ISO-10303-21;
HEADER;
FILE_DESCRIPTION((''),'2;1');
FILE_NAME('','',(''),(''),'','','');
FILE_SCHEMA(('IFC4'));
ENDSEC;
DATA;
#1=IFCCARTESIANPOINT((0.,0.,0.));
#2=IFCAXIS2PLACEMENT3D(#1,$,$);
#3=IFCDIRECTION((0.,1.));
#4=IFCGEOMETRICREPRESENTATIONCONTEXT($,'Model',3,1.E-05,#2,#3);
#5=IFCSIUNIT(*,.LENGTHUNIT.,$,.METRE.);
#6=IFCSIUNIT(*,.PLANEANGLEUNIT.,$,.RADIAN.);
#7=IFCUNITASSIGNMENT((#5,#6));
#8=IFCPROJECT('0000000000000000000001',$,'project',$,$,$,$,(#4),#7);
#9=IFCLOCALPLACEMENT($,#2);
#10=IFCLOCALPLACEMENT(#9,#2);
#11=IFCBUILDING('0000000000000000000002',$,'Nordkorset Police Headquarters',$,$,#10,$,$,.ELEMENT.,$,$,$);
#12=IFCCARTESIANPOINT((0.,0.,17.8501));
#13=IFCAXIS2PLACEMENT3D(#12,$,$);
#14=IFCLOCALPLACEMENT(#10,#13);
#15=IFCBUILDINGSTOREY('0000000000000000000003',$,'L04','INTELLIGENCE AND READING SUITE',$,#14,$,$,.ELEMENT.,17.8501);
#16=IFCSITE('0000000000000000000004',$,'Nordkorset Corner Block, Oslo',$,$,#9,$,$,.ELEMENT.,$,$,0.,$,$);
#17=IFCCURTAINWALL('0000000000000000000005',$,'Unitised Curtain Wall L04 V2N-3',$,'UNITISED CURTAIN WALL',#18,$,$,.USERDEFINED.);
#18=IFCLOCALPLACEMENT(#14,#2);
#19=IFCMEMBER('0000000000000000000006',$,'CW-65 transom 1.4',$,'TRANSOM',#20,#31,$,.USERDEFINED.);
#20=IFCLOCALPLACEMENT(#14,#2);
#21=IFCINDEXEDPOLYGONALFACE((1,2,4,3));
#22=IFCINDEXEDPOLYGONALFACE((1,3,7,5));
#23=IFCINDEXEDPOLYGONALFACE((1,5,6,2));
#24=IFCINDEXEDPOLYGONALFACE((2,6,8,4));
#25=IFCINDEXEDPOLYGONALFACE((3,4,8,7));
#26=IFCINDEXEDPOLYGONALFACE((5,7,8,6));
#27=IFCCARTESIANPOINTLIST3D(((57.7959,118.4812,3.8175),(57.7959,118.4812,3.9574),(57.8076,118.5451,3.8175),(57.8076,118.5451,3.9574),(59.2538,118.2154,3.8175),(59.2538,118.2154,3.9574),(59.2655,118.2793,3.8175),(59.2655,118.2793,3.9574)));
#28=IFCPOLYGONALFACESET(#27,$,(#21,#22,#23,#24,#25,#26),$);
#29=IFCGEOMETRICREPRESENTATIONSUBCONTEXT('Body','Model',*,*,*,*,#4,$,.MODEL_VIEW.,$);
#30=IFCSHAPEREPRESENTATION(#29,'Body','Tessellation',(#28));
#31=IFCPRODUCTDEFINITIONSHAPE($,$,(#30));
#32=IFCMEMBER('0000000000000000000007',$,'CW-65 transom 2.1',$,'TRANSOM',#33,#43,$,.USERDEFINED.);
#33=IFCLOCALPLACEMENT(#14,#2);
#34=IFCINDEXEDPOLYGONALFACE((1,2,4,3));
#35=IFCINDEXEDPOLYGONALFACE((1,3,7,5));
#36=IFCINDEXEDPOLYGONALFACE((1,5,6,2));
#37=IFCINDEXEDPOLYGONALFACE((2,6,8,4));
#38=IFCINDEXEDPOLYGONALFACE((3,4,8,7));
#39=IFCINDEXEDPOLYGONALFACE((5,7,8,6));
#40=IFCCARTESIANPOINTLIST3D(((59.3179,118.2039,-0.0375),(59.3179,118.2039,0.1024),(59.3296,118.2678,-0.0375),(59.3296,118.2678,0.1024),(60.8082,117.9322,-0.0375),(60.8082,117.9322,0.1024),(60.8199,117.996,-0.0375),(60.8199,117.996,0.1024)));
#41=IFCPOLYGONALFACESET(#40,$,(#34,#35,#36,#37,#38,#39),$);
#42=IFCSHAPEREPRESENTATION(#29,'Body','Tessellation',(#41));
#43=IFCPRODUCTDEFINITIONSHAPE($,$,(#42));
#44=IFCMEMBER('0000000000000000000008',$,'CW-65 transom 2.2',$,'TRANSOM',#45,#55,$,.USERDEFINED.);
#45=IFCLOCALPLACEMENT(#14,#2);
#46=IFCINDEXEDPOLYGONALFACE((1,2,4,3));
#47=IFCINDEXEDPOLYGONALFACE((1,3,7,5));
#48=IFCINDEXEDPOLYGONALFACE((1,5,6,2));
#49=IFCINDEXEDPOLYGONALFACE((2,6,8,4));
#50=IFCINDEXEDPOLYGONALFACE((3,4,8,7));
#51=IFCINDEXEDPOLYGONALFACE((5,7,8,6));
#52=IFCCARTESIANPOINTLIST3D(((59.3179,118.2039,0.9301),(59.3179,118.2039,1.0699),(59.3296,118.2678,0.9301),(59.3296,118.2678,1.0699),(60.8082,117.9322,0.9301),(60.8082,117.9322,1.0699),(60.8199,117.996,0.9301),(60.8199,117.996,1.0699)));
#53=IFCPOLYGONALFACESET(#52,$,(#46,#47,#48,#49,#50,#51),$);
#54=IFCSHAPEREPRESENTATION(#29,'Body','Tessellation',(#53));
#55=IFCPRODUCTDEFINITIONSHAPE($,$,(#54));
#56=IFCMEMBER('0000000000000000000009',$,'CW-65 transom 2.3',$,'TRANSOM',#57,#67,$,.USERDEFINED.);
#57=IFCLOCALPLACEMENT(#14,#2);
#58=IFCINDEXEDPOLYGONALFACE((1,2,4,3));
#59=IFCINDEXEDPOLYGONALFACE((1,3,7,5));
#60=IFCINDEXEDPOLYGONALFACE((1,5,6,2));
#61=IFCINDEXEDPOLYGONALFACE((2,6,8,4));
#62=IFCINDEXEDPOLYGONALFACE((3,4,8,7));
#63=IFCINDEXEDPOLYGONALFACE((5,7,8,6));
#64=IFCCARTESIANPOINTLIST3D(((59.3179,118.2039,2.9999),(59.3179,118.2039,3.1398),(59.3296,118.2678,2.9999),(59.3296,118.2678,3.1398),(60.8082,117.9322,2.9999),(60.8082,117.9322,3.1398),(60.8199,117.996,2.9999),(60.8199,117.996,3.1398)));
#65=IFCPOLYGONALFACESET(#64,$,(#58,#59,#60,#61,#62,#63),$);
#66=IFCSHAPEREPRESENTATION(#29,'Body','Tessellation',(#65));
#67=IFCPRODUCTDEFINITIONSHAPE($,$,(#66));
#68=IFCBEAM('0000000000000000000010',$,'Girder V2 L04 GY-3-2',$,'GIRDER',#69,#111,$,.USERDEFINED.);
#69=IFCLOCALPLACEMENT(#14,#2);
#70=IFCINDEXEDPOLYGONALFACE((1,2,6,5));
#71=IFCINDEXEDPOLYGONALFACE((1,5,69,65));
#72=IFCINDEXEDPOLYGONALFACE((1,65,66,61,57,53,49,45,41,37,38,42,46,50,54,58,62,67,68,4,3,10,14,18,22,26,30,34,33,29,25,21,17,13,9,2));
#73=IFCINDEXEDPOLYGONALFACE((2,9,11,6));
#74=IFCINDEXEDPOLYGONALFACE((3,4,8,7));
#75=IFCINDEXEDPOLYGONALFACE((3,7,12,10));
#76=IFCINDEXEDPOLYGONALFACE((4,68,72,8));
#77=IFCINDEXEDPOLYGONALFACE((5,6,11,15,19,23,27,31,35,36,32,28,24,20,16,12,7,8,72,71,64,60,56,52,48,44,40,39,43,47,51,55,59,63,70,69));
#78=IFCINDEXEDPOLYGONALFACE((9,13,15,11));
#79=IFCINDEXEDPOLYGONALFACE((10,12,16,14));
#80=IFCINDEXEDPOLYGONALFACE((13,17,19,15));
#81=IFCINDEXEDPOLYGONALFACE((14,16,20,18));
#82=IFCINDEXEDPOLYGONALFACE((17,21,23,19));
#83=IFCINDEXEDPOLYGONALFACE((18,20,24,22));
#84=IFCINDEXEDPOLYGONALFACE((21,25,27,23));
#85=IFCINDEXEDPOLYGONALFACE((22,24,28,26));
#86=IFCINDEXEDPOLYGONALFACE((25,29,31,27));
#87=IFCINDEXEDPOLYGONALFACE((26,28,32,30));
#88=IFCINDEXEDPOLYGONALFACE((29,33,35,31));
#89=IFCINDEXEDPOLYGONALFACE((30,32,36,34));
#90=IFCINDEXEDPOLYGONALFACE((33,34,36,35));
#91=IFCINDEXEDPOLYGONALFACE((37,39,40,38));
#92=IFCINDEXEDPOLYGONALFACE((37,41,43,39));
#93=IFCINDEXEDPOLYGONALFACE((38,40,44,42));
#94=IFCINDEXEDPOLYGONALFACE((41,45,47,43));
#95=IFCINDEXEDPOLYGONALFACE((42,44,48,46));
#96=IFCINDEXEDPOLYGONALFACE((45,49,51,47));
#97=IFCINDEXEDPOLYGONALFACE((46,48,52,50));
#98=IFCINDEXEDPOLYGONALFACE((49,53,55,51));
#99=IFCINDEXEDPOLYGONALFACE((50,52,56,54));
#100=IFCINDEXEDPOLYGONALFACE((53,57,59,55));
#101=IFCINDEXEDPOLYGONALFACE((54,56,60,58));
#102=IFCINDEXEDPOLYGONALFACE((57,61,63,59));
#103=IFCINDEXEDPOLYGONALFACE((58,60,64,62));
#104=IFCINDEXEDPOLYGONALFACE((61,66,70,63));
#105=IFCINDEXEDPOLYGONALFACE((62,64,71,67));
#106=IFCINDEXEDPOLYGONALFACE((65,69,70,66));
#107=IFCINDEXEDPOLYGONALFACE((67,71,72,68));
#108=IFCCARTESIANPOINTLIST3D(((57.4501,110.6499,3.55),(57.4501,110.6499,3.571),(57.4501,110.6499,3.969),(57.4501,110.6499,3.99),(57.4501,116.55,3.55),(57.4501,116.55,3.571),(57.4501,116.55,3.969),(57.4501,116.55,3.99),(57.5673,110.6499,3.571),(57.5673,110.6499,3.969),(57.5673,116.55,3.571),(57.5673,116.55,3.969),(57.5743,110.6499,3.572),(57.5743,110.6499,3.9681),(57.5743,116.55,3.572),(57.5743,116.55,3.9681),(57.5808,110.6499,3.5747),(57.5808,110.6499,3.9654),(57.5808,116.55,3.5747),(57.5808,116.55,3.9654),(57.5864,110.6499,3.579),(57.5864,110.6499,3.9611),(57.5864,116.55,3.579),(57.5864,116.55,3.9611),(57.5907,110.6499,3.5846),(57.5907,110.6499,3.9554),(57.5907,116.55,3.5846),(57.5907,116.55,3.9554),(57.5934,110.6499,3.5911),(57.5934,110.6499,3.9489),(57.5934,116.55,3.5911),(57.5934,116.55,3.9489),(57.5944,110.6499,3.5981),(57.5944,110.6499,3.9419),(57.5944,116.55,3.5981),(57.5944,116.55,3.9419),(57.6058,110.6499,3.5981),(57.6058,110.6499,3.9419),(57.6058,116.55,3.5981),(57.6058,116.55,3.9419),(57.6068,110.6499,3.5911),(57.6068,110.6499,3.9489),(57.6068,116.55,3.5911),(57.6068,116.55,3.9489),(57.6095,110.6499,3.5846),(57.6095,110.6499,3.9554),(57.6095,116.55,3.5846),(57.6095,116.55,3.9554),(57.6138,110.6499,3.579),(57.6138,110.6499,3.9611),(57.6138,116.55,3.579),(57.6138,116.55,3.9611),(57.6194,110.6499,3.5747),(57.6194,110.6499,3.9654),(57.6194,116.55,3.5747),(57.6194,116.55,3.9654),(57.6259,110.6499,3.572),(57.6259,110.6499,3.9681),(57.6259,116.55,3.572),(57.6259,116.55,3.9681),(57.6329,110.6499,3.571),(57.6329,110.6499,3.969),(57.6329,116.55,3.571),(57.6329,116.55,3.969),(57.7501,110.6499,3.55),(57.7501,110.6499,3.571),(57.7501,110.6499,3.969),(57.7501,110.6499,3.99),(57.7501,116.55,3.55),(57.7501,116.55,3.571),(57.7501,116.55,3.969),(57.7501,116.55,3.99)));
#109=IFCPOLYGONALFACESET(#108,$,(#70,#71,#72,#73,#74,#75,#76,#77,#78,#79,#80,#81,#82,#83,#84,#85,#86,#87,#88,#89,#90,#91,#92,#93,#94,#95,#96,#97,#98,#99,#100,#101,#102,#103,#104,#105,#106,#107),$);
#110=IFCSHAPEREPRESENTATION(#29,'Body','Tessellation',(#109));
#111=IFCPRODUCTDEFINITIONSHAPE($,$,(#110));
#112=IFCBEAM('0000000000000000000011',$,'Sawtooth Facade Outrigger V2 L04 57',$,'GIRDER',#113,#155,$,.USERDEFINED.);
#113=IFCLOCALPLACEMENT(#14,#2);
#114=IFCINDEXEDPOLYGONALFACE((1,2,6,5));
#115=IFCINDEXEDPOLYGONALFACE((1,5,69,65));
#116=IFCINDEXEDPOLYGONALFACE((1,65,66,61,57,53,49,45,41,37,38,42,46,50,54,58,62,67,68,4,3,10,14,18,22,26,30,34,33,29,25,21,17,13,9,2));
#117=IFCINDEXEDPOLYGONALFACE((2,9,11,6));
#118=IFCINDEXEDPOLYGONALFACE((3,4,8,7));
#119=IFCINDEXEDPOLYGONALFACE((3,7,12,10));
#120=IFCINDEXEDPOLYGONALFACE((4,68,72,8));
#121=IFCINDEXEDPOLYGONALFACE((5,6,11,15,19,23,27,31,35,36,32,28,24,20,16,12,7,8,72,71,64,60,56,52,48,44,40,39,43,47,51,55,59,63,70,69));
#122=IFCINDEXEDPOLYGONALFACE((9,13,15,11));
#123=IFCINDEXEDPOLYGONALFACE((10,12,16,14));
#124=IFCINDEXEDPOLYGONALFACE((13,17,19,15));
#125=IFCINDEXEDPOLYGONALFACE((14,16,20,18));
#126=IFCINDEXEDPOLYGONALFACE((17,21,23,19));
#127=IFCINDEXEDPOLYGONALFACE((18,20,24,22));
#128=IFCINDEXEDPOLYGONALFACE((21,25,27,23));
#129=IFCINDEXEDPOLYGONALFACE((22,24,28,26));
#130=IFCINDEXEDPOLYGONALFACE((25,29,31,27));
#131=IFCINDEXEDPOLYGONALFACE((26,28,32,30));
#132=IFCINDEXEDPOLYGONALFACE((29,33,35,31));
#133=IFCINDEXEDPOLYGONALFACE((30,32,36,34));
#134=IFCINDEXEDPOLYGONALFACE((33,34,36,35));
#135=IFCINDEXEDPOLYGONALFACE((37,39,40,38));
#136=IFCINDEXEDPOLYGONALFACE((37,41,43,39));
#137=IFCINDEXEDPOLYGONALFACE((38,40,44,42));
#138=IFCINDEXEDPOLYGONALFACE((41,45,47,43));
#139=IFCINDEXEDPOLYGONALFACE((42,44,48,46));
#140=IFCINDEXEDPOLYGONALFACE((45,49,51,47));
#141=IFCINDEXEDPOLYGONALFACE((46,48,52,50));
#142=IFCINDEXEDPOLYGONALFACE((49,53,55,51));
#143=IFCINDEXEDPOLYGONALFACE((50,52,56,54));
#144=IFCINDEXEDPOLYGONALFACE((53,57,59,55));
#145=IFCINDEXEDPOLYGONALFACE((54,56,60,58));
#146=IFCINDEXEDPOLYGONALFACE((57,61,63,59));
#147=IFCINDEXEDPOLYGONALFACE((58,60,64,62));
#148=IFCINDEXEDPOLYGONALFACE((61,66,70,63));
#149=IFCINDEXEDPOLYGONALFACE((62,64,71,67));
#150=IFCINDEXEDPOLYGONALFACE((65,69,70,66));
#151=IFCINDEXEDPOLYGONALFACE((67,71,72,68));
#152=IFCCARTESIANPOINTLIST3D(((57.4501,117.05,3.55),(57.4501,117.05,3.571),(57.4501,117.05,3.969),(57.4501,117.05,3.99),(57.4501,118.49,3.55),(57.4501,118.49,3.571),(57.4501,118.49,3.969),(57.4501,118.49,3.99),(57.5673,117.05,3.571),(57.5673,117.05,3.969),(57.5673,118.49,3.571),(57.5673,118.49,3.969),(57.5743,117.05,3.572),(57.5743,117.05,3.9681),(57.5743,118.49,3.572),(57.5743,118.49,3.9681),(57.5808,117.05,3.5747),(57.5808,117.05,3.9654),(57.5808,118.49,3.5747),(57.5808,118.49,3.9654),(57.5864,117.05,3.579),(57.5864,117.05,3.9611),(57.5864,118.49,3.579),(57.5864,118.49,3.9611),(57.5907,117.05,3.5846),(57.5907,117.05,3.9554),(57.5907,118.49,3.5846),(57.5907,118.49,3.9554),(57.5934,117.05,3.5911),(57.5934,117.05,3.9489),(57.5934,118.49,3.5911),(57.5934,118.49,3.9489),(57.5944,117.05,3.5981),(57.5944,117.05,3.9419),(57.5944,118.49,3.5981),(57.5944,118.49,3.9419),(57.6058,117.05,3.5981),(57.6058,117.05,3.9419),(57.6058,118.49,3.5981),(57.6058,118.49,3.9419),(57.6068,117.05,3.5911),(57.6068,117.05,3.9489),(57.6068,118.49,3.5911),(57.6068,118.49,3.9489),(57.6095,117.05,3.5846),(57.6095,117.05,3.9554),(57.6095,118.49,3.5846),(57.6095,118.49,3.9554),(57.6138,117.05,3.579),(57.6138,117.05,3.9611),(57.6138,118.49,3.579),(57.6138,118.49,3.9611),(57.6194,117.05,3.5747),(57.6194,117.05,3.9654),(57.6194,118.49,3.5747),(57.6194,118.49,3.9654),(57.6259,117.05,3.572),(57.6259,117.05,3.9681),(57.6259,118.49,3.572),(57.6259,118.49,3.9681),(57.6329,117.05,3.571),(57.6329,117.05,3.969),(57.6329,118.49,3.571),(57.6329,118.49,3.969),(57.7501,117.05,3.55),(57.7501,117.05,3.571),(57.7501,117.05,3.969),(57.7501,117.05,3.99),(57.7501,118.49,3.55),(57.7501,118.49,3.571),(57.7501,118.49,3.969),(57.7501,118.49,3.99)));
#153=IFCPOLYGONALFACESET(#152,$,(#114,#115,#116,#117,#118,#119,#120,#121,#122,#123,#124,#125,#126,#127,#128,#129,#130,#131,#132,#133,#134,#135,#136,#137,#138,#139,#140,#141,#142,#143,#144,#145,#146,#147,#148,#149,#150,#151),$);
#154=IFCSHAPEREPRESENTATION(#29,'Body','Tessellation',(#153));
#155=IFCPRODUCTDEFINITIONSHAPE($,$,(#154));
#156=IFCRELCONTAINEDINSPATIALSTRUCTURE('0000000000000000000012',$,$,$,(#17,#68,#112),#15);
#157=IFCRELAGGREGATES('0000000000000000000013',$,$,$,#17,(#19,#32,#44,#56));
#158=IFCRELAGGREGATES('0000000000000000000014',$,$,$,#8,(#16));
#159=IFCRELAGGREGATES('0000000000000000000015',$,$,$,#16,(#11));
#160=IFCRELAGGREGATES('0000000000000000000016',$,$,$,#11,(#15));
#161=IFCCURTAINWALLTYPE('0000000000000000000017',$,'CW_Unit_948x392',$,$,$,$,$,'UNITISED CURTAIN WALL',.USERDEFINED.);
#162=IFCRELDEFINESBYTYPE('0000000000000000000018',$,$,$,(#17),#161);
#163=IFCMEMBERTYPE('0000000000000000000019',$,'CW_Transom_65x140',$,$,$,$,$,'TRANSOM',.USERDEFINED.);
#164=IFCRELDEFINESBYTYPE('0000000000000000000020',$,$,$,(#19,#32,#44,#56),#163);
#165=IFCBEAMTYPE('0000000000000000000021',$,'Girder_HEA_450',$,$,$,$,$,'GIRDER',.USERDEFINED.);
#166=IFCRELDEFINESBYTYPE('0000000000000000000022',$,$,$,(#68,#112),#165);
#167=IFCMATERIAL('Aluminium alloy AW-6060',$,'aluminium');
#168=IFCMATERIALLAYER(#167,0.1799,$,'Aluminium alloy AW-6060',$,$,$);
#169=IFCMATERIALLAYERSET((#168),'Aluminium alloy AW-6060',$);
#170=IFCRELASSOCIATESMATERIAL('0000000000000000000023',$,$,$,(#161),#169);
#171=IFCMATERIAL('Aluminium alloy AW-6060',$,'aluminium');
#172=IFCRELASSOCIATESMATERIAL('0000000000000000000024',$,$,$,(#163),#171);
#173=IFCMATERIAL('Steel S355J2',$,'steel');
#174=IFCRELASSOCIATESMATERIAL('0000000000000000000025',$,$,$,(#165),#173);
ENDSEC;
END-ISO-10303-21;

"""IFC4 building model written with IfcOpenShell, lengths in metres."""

from ifc_helpers import new_model, si_unit, direction, frame, origin, origin_2d, place, context, subcontext, project, spatial, rectangle, i_section, extrude, material, layer, layer_set, material_profile, profile_set, type_object, element, aggregate, save


model = new_model("IFC4")

# Units and contexts
model_context = context("Model", 3, precision=1e-05, world=origin(), true_north=direction((0.0, 1.0)))
body_context = subcontext(model_context, "Body", "Model", "MODEL_VIEW")
ifc_project = project(units=[si_unit("LENGTHUNIT", "METRE"), si_unit("PLANEANGLEUNIT", "RADIAN")], contexts=[model_context])

# Site, building, storey
site_placement = place(None, origin())
site = spatial("IfcSite", under=ifc_project, at=site_placement, Name="Nordkorset Corner Block, Oslo", CompositionType="ELEMENT", RefElevation=0.0)
building_placement = place(site_placement, origin())
building = spatial("IfcBuilding", under=site, at=building_placement, Name="Nordkorset Police Headquarters", CompositionType="ELEMENT")
storey_placement = place(building_placement, frame((0.0, 0.0, 17.8501)))
storey = spatial("IfcBuildingStorey", under=building, at=storey_placement, Name="L04", Description="INTELLIGENCE AND READING SUITE", CompositionType="ELEMENT", Elevation=17.8501)

# Curtain wall
ifc_material_1 = material(Name="Aluminium alloy AW-6060", Category="aluminium")
ifc_layer_1 = layer(ifc_material_1, 0.1799, Name="Aluminium alloy AW-6060")
ifc_layer_set_1 = layer_set([ifc_layer_1], Name="Aluminium alloy AW-6060")
curtain_wall_type_1 = type_object("IfcCurtainWallType", Name="CW_Unit_948x392", ElementType="UNITISED CURTAIN WALL", PredefinedType="USERDEFINED", material=ifc_layer_set_1)
curtain_wall_1_placement = place(storey_placement, origin())
curtain_wall_1 = element("IfcCurtainWall", 1, at=curtain_wall_1_placement, inside=storey, type_object=curtain_wall_type_1, Name="Unitised Curtain Wall L04 V2N-3", ObjectType="UNITISED CURTAIN WALL", PredefinedType="USERDEFINED")

# Members
ifc_material_2 = material(Name="Aluminium alloy AW-6060", Category="aluminium")
ifc_material_profile_1 = material_profile(ifc_material_2, rectangle(XDim=0.0649, YDim=0.1399, at=origin_2d()), Name="ALU TRAN 65x140")
ifc_profile_set_1 = profile_set([ifc_material_profile_1], Name="Aluminium alloy AW-6060")
member_type_1 = type_object("IfcMemberType", Name="CW_Transom_65x140", ElementType="TRANSOM", PredefinedType="USERDEFINED", material=ifc_profile_set_1)
member_1_placement = place(storey_placement, frame((57.8018, 118.5132, 3.8875), z_axis=(0.983778, -0.179393, 0.0), x_axis=(0.179393, 0.983778, 0.0)))
member_1 = element("IfcMember", 2, at=member_1_placement, type_object=member_type_1, Name="CW-65 transom 1.4", ObjectType="TRANSOM", PredefinedType="USERDEFINED", context=body_context, shape_type="SweptSolid", body=[
    extrude(rectangle(XDim=0.0649, YDim=0.1399, at=origin_2d()), origin(), (0.0, 0.0, 1.0), 1.4819),
])
member_2_placement = place(storey_placement, frame((59.3237, 118.2358, 0.0325), z_axis=(0.98378, -0.179382, 0.0), x_axis=(0.179382, 0.98378, 0.0)))
member_2 = element("IfcMember", 3, at=member_2_placement, type_object=member_type_1, Name="CW-65 transom 2.1", ObjectType="TRANSOM", PredefinedType="USERDEFINED", context=body_context, shape_type="SweptSolid", body=[
    extrude(rectangle(XDim=0.0649, YDim=0.1399, at=origin_2d()), origin(), (0.0, 0.0, 1.0), 1.5149),
])
member_3_placement = place(storey_placement, frame((59.3237, 118.2358, 1.0), z_axis=(0.98378, -0.179382, 0.0), x_axis=(0.179382, 0.98378, 0.0)))
member_3 = element("IfcMember", 4, at=member_3_placement, type_object=member_type_1, Name="CW-65 transom 2.2", ObjectType="TRANSOM", PredefinedType="USERDEFINED", context=body_context, shape_type="SweptSolid", body=[
    extrude(rectangle(XDim=0.0649, YDim=0.1399, at=origin_2d()), origin(), (0.0, 0.0, 1.0), 1.5149),
])
member_4_placement = place(storey_placement, frame((59.3237, 118.2358, 3.0698), z_axis=(0.98378, -0.179382, 0.0), x_axis=(0.179382, 0.98378, 0.0)))
member_4 = element("IfcMember", 5, at=member_4_placement, type_object=member_type_1, Name="CW-65 transom 2.3", ObjectType="TRANSOM", PredefinedType="USERDEFINED", context=body_context, shape_type="SweptSolid", body=[
    extrude(rectangle(XDim=0.0649, YDim=0.1399, at=origin_2d()), origin(), (0.0, 0.0, 1.0), 1.5149),
])

# Beams
ifc_material_3 = material(Name="Steel S355J2", Category="steel")
ifc_material_profile_2 = material_profile(ifc_material_3, i_section(OverallWidth=0.3, OverallDepth=0.4399, WebThickness=0.0115, FlangeThickness=0.021, FilletRadius=0.0271, at=origin_2d()), Name="HEA 450")
ifc_profile_set_2 = profile_set([ifc_material_profile_2], Name="Steel S355J2")
beam_type_1 = type_object("IfcBeamType", Name="Girder_HEA_450", ElementType="GIRDER", PredefinedType="USERDEFINED", material=ifc_profile_set_2)
beam_1_placement = place(storey_placement, frame((57.6001, 110.6499, 3.77), z_axis=(0.0, 1.0, 0.0), x_axis=(-1.0, 0.0, 0.0)))
element("IfcBeam", 6, at=beam_1_placement, inside=storey, type_object=beam_type_1, Name="Girder V2 L04 GY-3-2", ObjectType="GIRDER", PredefinedType="USERDEFINED", context=body_context, shape_type="SweptSolid", body=[
    extrude(i_section(OverallWidth=0.3, OverallDepth=0.4399, WebThickness=0.0115, FlangeThickness=0.021, FilletRadius=0.0271, at=origin_2d()), origin(), (0.0, 0.0, 1.0), 5.9001),
])
beam_2_placement = place(storey_placement, frame((57.6001, 117.05, 3.77), z_axis=(0.0, 1.0, 0.0), x_axis=(-1.0, 0.0, 0.0)))
element("IfcBeam", 7, at=beam_2_placement, inside=storey, type_object=beam_type_1, Name="Sawtooth Facade Outrigger V2 L04 57", ObjectType="GIRDER", PredefinedType="USERDEFINED", context=body_context, shape_type="SweptSolid", body=[
    extrude(i_section(OverallWidth=0.3, OverallDepth=0.4399, WebThickness=0.0115, FlangeThickness=0.021, FilletRadius=0.0271, at=origin_2d()), origin(), (0.0, 0.0, 1.0), 1.4399),
])

aggregate(curtain_wall_1, [member_1, member_2, member_3, member_4])

save(model, "model.ifc")
